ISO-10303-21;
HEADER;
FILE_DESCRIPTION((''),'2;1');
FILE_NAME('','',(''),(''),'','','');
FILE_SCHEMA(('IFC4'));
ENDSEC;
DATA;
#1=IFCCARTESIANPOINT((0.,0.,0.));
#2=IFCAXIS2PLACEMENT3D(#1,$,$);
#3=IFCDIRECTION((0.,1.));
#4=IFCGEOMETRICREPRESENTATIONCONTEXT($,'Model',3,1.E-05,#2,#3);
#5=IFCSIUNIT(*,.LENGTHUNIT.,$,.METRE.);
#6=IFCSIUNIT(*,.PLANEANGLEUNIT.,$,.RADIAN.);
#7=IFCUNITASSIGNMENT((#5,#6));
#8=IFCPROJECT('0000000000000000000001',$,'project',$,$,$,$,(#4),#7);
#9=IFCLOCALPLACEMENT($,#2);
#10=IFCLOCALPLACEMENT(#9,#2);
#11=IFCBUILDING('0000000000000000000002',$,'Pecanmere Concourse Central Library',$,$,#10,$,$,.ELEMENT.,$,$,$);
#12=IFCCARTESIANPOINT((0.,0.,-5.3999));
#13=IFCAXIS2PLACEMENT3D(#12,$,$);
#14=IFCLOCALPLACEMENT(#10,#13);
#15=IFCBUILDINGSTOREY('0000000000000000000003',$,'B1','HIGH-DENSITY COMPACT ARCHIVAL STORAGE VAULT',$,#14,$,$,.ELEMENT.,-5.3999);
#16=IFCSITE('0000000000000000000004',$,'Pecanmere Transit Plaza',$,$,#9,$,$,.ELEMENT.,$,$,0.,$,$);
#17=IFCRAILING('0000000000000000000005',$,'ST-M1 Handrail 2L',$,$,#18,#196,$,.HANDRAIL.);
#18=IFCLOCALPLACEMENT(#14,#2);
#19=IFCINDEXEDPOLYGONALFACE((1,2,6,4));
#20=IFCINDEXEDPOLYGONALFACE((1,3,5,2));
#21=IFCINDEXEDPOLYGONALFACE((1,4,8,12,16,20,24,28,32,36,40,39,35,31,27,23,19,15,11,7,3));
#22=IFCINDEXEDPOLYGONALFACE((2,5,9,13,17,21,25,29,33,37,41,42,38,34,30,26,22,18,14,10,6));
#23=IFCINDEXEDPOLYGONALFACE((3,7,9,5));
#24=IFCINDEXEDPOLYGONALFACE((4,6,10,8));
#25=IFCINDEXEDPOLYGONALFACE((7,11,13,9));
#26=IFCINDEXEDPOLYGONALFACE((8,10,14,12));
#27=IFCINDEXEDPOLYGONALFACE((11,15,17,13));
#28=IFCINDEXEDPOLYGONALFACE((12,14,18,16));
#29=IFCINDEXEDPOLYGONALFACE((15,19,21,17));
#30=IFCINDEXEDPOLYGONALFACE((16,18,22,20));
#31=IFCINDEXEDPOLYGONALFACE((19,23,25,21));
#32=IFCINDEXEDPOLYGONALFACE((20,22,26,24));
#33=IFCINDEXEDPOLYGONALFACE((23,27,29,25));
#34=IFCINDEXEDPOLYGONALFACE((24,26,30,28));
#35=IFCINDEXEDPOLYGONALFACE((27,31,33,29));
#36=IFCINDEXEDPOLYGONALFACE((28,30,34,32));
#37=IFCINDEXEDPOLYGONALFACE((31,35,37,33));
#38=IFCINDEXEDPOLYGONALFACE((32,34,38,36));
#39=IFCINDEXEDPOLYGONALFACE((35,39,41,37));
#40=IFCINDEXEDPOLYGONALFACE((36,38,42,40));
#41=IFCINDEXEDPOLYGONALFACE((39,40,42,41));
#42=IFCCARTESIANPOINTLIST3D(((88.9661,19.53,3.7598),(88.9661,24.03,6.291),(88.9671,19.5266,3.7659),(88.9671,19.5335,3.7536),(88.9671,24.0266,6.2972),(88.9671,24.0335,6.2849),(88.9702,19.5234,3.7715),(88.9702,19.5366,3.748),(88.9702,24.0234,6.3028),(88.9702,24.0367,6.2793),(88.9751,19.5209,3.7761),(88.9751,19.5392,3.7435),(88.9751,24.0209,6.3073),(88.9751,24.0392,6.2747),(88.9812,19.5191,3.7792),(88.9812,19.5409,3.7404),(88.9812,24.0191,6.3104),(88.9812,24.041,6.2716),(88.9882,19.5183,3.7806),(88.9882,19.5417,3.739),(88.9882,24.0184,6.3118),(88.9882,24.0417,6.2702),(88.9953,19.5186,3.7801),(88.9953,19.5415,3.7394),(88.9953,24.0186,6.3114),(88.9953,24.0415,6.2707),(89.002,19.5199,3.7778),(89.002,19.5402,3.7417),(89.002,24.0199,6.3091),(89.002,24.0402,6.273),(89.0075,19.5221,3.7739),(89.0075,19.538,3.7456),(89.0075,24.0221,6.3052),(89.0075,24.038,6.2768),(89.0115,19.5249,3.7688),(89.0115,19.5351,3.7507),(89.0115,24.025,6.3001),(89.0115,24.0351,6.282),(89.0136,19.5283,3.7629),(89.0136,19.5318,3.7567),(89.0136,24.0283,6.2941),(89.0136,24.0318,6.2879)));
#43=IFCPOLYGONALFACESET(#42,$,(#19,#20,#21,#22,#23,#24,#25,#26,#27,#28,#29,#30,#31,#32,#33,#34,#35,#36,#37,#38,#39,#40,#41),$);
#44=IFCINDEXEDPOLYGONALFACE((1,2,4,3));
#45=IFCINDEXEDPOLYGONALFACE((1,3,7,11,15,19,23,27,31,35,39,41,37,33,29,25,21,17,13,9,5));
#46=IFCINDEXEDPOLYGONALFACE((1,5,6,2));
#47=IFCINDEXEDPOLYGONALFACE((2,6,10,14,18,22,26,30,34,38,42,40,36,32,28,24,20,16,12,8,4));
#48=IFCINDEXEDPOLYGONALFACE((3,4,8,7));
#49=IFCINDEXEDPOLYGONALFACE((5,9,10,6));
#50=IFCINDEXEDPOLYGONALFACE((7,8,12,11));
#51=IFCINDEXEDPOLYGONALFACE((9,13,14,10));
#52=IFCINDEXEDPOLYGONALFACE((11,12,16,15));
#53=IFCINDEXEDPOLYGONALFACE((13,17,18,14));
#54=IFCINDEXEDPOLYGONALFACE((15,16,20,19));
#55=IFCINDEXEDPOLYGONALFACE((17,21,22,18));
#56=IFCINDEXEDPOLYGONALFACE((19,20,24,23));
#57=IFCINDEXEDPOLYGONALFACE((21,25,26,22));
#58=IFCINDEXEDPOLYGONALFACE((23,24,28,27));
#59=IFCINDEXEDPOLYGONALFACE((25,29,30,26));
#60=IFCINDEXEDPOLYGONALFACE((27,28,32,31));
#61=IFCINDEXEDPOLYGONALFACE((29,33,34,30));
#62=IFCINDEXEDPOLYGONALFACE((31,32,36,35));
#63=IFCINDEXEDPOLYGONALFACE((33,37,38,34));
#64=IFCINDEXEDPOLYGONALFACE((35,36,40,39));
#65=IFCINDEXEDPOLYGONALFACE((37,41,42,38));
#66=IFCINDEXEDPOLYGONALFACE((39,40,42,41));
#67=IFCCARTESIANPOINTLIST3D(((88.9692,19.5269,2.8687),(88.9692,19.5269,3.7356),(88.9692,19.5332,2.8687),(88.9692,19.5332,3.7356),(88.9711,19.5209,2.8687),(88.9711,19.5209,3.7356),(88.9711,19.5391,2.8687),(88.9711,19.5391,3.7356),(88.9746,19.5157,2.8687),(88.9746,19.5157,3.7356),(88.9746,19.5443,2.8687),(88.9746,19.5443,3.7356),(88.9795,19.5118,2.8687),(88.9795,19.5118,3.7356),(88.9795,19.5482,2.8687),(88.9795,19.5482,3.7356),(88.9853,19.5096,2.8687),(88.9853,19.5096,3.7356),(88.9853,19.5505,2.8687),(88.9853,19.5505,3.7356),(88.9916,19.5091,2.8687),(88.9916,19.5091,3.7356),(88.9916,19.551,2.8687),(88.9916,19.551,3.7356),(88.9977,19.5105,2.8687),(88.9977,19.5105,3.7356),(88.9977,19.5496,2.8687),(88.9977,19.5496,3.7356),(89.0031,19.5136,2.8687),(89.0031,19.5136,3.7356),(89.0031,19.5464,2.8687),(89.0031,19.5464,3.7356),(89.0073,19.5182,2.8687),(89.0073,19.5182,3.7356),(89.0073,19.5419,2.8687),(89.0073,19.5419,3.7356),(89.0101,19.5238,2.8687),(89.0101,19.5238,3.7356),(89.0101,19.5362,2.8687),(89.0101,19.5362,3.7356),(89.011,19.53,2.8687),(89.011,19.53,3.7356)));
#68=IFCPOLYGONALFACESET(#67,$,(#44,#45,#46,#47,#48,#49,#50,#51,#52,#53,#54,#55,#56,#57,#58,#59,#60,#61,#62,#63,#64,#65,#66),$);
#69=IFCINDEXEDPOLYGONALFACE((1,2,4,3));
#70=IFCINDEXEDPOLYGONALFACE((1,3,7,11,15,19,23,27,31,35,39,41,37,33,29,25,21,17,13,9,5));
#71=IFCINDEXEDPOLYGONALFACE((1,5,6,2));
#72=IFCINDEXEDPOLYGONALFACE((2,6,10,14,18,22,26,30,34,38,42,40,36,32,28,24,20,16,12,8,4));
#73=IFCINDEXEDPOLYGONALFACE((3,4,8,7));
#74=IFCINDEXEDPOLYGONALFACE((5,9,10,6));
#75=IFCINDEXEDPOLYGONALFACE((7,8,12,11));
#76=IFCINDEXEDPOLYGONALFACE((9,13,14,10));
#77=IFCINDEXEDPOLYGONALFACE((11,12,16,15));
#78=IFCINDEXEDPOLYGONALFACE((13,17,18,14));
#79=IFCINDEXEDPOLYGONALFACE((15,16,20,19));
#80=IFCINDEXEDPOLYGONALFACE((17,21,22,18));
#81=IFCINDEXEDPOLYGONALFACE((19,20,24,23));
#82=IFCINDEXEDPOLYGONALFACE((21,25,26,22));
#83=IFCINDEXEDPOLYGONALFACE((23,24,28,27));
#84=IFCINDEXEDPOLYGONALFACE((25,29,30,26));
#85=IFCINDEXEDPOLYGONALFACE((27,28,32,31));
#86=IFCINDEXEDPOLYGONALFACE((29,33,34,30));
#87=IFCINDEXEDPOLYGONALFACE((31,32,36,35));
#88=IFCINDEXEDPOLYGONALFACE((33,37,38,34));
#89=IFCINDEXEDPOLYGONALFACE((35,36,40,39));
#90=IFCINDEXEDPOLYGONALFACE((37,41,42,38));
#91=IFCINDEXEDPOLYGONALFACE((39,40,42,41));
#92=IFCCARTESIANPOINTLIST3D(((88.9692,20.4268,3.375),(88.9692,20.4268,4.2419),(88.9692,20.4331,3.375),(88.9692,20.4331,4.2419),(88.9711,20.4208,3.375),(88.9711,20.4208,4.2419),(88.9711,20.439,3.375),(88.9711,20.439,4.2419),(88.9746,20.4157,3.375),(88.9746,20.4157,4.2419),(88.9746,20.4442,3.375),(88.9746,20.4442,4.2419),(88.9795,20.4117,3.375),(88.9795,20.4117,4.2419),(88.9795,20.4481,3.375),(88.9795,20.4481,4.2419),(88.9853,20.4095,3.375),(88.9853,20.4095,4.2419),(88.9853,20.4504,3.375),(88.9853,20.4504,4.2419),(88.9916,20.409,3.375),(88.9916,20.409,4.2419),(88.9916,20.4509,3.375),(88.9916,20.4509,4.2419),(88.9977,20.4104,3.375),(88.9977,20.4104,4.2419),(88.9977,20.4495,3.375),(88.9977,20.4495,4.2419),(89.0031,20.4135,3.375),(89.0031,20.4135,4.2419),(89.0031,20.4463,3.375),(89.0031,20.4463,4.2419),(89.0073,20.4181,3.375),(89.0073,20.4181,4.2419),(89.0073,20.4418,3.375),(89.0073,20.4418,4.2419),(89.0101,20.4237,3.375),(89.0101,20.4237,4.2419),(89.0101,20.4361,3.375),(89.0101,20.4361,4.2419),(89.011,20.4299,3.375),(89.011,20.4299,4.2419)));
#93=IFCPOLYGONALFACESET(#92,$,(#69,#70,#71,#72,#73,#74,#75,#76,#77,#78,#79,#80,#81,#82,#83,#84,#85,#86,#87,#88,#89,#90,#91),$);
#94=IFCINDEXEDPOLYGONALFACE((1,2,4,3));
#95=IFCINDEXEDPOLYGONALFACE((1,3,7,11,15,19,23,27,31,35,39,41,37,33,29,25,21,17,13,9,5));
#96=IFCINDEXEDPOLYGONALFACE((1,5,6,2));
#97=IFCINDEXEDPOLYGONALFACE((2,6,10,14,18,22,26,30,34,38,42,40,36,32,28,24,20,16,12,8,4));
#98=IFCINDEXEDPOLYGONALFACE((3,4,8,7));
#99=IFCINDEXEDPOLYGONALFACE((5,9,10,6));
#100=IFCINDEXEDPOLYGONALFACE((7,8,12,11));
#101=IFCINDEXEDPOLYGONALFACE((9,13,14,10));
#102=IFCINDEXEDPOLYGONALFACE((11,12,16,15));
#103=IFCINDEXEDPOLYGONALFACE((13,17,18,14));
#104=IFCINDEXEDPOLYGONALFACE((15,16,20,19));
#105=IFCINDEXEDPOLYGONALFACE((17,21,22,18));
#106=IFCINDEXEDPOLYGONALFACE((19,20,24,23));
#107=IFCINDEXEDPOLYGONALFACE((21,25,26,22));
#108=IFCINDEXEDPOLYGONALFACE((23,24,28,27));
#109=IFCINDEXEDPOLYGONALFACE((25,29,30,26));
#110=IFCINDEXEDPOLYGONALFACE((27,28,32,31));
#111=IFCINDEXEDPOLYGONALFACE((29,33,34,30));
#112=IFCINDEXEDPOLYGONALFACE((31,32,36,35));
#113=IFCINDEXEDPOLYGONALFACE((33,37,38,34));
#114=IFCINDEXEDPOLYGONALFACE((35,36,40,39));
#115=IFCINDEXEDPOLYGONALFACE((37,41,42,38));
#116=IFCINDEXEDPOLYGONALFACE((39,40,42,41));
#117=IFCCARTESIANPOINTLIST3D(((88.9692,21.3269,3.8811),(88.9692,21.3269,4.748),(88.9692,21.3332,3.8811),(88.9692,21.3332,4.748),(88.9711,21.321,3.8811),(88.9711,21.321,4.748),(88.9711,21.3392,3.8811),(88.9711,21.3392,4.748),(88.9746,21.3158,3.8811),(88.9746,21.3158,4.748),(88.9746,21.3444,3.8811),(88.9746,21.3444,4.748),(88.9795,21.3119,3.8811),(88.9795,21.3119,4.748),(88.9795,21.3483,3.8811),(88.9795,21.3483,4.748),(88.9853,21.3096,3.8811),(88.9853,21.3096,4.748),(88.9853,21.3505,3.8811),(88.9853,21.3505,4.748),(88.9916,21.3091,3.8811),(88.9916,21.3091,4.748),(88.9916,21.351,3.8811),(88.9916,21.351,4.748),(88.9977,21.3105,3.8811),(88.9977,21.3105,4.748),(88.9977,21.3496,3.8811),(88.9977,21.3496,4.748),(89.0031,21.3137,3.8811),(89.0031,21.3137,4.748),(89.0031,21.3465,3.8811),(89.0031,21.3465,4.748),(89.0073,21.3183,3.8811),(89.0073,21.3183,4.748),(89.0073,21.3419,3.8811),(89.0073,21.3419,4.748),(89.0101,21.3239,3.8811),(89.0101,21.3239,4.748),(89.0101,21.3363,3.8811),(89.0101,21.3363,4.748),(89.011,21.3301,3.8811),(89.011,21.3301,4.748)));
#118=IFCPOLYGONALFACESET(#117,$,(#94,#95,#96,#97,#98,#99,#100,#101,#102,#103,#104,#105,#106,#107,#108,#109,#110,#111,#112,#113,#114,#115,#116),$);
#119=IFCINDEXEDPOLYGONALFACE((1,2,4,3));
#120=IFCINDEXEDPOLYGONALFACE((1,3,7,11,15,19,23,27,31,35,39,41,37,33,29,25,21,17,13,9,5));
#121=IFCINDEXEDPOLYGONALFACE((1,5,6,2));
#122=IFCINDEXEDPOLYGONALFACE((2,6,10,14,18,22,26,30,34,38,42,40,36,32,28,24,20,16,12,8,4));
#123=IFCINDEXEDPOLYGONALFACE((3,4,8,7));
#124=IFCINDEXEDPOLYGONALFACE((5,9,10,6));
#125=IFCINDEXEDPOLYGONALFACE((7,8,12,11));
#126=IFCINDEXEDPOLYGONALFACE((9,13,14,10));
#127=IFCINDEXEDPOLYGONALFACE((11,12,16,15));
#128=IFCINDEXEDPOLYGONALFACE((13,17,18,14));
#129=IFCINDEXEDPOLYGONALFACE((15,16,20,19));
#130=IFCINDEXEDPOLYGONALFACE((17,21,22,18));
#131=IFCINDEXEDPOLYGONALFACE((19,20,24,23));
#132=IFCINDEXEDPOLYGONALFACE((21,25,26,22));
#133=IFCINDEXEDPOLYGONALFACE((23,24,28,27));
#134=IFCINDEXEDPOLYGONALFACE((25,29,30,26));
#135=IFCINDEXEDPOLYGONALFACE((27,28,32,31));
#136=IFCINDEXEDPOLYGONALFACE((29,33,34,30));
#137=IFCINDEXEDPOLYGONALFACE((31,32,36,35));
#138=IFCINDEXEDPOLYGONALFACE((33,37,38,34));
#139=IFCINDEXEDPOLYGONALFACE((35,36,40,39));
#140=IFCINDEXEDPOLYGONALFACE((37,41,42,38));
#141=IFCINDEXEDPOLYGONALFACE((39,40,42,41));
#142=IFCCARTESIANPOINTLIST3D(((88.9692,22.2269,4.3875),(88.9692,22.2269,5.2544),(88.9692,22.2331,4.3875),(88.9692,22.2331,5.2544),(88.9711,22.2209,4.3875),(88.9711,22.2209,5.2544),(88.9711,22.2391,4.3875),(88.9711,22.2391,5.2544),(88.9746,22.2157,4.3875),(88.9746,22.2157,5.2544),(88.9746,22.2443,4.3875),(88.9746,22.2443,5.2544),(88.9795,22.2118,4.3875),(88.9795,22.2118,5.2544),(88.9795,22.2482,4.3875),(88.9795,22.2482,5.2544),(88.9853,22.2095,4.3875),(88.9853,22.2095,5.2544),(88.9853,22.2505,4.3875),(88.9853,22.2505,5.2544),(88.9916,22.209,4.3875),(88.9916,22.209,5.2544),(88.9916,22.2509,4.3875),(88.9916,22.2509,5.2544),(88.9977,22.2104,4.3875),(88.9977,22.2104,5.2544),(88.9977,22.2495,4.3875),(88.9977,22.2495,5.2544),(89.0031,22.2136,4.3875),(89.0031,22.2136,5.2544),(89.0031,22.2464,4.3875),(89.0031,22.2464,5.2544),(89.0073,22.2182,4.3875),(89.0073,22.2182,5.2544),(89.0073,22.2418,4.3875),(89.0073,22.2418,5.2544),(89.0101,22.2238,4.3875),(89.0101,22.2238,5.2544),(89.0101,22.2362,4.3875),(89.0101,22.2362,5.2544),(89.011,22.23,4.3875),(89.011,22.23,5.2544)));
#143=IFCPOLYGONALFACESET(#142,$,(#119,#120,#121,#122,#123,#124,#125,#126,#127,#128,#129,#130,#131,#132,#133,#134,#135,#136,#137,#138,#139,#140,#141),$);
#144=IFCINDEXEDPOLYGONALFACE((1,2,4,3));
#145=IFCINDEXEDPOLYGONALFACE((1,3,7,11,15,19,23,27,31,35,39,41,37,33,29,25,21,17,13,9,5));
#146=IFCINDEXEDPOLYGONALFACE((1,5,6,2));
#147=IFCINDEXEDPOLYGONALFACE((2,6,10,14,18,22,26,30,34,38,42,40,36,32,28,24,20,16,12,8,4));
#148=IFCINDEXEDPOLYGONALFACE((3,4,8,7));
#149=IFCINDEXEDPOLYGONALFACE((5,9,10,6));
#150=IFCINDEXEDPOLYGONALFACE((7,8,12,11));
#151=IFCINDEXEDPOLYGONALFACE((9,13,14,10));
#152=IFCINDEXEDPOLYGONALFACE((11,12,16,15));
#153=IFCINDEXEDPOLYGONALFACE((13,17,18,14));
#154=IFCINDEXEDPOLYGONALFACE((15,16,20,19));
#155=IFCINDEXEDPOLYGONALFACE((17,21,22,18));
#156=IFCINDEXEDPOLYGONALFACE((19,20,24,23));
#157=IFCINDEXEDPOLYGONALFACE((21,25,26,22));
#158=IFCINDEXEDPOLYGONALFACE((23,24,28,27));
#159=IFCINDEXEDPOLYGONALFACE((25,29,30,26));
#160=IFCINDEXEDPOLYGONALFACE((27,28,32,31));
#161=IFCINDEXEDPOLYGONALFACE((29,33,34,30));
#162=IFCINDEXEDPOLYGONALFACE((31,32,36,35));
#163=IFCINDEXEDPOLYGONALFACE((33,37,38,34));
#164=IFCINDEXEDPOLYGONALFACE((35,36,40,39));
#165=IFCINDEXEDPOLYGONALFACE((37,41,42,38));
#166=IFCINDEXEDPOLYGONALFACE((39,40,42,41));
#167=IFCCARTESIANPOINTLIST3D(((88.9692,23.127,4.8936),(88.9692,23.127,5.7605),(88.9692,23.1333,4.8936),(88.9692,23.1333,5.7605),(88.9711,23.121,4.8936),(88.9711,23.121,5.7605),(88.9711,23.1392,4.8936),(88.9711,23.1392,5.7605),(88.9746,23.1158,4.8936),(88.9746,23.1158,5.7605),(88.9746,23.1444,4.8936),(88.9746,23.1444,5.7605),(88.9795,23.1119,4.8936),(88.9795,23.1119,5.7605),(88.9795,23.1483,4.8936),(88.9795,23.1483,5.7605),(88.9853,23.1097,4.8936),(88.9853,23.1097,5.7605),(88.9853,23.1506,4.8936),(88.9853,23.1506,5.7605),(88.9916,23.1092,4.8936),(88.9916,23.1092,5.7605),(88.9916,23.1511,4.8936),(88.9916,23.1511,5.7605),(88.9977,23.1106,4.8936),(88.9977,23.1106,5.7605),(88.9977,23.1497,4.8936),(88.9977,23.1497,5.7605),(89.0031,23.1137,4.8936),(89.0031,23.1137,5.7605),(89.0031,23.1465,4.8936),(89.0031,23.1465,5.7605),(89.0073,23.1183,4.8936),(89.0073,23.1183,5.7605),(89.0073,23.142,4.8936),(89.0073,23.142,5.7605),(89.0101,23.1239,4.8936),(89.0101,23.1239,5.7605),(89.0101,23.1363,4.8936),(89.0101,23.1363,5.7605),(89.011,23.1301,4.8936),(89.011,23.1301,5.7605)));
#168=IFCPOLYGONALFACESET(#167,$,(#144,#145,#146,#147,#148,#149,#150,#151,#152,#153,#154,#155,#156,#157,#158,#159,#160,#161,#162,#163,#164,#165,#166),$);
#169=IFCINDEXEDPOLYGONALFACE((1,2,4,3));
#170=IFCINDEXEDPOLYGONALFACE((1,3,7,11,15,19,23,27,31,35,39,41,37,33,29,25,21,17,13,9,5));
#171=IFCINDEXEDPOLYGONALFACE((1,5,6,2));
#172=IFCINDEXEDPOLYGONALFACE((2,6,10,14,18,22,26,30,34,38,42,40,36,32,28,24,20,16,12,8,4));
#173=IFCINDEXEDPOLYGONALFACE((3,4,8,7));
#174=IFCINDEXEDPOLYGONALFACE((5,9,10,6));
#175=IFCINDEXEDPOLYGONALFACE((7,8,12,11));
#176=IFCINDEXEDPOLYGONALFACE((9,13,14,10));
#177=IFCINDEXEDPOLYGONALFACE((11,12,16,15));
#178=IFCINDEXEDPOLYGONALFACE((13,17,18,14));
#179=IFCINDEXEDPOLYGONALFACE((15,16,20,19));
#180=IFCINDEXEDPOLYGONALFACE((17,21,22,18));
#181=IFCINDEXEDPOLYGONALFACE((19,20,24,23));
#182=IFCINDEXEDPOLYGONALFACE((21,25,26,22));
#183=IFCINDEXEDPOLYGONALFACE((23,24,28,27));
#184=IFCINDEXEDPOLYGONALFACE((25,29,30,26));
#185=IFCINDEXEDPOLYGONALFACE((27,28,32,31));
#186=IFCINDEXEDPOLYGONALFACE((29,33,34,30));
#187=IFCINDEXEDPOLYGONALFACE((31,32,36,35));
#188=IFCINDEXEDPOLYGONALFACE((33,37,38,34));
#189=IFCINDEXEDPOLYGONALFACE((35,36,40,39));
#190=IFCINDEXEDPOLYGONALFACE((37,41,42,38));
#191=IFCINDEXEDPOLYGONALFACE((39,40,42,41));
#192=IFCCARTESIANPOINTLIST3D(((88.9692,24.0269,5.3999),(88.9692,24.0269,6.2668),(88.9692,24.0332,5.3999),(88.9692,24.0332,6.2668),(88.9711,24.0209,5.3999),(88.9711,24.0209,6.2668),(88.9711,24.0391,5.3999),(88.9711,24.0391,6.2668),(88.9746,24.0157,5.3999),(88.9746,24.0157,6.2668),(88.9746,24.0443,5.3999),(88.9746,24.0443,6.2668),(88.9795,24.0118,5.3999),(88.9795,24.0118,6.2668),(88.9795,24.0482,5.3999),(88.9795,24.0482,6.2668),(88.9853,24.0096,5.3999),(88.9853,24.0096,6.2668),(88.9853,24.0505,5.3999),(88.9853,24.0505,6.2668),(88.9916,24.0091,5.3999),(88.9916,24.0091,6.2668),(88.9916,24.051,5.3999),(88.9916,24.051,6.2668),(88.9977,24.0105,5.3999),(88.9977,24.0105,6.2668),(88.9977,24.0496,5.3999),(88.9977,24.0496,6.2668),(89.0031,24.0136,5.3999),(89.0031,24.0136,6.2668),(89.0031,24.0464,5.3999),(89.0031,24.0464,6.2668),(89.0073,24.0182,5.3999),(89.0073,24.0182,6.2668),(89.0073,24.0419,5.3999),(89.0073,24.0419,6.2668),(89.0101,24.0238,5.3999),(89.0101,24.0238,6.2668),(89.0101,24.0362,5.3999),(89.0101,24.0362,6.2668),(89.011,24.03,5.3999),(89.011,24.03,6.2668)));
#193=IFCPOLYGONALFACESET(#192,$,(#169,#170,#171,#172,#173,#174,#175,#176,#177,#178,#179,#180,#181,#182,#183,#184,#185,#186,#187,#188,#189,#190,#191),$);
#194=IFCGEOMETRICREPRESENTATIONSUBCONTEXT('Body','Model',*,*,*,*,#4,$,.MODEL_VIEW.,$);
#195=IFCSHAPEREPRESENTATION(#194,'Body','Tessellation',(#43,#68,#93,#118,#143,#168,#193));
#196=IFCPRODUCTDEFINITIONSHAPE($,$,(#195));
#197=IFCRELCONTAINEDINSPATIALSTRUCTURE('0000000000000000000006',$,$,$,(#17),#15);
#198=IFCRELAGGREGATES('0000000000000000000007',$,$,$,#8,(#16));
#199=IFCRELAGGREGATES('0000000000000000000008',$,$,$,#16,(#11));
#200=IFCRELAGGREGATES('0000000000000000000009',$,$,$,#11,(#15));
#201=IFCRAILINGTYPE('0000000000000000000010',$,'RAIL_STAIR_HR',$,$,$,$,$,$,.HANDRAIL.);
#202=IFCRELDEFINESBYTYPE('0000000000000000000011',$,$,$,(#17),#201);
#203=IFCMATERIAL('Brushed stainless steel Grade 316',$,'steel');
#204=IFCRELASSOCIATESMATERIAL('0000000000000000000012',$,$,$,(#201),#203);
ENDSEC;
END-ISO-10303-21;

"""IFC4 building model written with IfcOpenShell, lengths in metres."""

from ifc_helpers import new_model, si_unit, direction, frame, origin, origin_2d, place, context, subcontext, project, spatial, circle, extrude, material, type_object, element, save


model = new_model("IFC4")

# Units and contexts
model_context = context("Model", 3, precision=1e-05, world=origin(), true_north=direction((0.0, 1.0)))
body_context = subcontext(model_context, "Body", "Model", "MODEL_VIEW")
ifc_project = project(units=[si_unit("LENGTHUNIT", "METRE"), si_unit("PLANEANGLEUNIT", "RADIAN")], contexts=[model_context])

# Site, building, storey
site_placement = place(None, origin())
site = spatial("IfcSite", under=ifc_project, at=site_placement, Name="Pecanmere Transit Plaza", CompositionType="ELEMENT", RefElevation=0.0)
building_placement = place(site_placement, origin())
building = spatial("IfcBuilding", under=site, at=building_placement, Name="Pecanmere Concourse Central Library", CompositionType="ELEMENT")
storey_placement = place(building_placement, frame((0.0, 0.0, -5.3999)))
storey = spatial("IfcBuildingStorey", under=building, at=storey_placement, Name="B1", Description="HIGH-DENSITY COMPACT ARCHIVAL STORAGE VAULT", CompositionType="ELEMENT", Elevation=-5.3999)

# Railing
ifc_material_1 = material(Name="Brushed stainless steel Grade 316", Category="steel")
railing_type_1 = type_object("IfcRailingType", Name="RAIL_STAIR_HR", PredefinedType="HANDRAIL", material=ifc_material_1)
for number, where, name in (
    (1, (88.99, 19.53, 2.8687), "ST-M1 Handrail 2L"),
):
    element("IfcRailing", number, at=place(storey_placement, frame(where)), inside=storey, type_object=railing_type_1, Name=name, PredefinedType="HANDRAIL", context=body_context, shape_type="SweptSolid", body=[
        extrude(circle(Radius=0.0239, at=origin_2d()), frame((0.0, 0.0, 0.8911), z_axis=(0.0, 0.871576, 0.490261), x_axis=(-1.0, 0.0, 0.0)), (0.0, 0.0, 1.0), 5.1631),
        extrude(circle(Radius=0.021, at=origin_2d()), origin(), (0.0, 0.0, 1.0), 0.8669),
        extrude(circle(Radius=0.021, at=origin_2d()), frame((0.0, 0.8999, 0.5063)), (0.0, 0.0, 1.0), 0.8669),
        extrude(circle(Radius=0.021, at=origin_2d()), frame((0.0, 1.8, 1.0125)), (0.0, 0.0, 1.0), 0.8669),
        extrude(circle(Radius=0.021, at=origin_2d()), frame((0.0, 2.7, 1.5188)), (0.0, 0.0, 1.0), 0.8669),
        extrude(circle(Radius=0.021, at=origin_2d()), frame((0.0, 3.6001, 2.0249)), (0.0, 0.0, 1.0), 0.8669),
        extrude(circle(Radius=0.021, at=origin_2d()), frame((0.0, 4.5, 2.5312)), (0.0, 0.0, 1.0), 0.8669),
    ])

save(model, "model.ifc")
